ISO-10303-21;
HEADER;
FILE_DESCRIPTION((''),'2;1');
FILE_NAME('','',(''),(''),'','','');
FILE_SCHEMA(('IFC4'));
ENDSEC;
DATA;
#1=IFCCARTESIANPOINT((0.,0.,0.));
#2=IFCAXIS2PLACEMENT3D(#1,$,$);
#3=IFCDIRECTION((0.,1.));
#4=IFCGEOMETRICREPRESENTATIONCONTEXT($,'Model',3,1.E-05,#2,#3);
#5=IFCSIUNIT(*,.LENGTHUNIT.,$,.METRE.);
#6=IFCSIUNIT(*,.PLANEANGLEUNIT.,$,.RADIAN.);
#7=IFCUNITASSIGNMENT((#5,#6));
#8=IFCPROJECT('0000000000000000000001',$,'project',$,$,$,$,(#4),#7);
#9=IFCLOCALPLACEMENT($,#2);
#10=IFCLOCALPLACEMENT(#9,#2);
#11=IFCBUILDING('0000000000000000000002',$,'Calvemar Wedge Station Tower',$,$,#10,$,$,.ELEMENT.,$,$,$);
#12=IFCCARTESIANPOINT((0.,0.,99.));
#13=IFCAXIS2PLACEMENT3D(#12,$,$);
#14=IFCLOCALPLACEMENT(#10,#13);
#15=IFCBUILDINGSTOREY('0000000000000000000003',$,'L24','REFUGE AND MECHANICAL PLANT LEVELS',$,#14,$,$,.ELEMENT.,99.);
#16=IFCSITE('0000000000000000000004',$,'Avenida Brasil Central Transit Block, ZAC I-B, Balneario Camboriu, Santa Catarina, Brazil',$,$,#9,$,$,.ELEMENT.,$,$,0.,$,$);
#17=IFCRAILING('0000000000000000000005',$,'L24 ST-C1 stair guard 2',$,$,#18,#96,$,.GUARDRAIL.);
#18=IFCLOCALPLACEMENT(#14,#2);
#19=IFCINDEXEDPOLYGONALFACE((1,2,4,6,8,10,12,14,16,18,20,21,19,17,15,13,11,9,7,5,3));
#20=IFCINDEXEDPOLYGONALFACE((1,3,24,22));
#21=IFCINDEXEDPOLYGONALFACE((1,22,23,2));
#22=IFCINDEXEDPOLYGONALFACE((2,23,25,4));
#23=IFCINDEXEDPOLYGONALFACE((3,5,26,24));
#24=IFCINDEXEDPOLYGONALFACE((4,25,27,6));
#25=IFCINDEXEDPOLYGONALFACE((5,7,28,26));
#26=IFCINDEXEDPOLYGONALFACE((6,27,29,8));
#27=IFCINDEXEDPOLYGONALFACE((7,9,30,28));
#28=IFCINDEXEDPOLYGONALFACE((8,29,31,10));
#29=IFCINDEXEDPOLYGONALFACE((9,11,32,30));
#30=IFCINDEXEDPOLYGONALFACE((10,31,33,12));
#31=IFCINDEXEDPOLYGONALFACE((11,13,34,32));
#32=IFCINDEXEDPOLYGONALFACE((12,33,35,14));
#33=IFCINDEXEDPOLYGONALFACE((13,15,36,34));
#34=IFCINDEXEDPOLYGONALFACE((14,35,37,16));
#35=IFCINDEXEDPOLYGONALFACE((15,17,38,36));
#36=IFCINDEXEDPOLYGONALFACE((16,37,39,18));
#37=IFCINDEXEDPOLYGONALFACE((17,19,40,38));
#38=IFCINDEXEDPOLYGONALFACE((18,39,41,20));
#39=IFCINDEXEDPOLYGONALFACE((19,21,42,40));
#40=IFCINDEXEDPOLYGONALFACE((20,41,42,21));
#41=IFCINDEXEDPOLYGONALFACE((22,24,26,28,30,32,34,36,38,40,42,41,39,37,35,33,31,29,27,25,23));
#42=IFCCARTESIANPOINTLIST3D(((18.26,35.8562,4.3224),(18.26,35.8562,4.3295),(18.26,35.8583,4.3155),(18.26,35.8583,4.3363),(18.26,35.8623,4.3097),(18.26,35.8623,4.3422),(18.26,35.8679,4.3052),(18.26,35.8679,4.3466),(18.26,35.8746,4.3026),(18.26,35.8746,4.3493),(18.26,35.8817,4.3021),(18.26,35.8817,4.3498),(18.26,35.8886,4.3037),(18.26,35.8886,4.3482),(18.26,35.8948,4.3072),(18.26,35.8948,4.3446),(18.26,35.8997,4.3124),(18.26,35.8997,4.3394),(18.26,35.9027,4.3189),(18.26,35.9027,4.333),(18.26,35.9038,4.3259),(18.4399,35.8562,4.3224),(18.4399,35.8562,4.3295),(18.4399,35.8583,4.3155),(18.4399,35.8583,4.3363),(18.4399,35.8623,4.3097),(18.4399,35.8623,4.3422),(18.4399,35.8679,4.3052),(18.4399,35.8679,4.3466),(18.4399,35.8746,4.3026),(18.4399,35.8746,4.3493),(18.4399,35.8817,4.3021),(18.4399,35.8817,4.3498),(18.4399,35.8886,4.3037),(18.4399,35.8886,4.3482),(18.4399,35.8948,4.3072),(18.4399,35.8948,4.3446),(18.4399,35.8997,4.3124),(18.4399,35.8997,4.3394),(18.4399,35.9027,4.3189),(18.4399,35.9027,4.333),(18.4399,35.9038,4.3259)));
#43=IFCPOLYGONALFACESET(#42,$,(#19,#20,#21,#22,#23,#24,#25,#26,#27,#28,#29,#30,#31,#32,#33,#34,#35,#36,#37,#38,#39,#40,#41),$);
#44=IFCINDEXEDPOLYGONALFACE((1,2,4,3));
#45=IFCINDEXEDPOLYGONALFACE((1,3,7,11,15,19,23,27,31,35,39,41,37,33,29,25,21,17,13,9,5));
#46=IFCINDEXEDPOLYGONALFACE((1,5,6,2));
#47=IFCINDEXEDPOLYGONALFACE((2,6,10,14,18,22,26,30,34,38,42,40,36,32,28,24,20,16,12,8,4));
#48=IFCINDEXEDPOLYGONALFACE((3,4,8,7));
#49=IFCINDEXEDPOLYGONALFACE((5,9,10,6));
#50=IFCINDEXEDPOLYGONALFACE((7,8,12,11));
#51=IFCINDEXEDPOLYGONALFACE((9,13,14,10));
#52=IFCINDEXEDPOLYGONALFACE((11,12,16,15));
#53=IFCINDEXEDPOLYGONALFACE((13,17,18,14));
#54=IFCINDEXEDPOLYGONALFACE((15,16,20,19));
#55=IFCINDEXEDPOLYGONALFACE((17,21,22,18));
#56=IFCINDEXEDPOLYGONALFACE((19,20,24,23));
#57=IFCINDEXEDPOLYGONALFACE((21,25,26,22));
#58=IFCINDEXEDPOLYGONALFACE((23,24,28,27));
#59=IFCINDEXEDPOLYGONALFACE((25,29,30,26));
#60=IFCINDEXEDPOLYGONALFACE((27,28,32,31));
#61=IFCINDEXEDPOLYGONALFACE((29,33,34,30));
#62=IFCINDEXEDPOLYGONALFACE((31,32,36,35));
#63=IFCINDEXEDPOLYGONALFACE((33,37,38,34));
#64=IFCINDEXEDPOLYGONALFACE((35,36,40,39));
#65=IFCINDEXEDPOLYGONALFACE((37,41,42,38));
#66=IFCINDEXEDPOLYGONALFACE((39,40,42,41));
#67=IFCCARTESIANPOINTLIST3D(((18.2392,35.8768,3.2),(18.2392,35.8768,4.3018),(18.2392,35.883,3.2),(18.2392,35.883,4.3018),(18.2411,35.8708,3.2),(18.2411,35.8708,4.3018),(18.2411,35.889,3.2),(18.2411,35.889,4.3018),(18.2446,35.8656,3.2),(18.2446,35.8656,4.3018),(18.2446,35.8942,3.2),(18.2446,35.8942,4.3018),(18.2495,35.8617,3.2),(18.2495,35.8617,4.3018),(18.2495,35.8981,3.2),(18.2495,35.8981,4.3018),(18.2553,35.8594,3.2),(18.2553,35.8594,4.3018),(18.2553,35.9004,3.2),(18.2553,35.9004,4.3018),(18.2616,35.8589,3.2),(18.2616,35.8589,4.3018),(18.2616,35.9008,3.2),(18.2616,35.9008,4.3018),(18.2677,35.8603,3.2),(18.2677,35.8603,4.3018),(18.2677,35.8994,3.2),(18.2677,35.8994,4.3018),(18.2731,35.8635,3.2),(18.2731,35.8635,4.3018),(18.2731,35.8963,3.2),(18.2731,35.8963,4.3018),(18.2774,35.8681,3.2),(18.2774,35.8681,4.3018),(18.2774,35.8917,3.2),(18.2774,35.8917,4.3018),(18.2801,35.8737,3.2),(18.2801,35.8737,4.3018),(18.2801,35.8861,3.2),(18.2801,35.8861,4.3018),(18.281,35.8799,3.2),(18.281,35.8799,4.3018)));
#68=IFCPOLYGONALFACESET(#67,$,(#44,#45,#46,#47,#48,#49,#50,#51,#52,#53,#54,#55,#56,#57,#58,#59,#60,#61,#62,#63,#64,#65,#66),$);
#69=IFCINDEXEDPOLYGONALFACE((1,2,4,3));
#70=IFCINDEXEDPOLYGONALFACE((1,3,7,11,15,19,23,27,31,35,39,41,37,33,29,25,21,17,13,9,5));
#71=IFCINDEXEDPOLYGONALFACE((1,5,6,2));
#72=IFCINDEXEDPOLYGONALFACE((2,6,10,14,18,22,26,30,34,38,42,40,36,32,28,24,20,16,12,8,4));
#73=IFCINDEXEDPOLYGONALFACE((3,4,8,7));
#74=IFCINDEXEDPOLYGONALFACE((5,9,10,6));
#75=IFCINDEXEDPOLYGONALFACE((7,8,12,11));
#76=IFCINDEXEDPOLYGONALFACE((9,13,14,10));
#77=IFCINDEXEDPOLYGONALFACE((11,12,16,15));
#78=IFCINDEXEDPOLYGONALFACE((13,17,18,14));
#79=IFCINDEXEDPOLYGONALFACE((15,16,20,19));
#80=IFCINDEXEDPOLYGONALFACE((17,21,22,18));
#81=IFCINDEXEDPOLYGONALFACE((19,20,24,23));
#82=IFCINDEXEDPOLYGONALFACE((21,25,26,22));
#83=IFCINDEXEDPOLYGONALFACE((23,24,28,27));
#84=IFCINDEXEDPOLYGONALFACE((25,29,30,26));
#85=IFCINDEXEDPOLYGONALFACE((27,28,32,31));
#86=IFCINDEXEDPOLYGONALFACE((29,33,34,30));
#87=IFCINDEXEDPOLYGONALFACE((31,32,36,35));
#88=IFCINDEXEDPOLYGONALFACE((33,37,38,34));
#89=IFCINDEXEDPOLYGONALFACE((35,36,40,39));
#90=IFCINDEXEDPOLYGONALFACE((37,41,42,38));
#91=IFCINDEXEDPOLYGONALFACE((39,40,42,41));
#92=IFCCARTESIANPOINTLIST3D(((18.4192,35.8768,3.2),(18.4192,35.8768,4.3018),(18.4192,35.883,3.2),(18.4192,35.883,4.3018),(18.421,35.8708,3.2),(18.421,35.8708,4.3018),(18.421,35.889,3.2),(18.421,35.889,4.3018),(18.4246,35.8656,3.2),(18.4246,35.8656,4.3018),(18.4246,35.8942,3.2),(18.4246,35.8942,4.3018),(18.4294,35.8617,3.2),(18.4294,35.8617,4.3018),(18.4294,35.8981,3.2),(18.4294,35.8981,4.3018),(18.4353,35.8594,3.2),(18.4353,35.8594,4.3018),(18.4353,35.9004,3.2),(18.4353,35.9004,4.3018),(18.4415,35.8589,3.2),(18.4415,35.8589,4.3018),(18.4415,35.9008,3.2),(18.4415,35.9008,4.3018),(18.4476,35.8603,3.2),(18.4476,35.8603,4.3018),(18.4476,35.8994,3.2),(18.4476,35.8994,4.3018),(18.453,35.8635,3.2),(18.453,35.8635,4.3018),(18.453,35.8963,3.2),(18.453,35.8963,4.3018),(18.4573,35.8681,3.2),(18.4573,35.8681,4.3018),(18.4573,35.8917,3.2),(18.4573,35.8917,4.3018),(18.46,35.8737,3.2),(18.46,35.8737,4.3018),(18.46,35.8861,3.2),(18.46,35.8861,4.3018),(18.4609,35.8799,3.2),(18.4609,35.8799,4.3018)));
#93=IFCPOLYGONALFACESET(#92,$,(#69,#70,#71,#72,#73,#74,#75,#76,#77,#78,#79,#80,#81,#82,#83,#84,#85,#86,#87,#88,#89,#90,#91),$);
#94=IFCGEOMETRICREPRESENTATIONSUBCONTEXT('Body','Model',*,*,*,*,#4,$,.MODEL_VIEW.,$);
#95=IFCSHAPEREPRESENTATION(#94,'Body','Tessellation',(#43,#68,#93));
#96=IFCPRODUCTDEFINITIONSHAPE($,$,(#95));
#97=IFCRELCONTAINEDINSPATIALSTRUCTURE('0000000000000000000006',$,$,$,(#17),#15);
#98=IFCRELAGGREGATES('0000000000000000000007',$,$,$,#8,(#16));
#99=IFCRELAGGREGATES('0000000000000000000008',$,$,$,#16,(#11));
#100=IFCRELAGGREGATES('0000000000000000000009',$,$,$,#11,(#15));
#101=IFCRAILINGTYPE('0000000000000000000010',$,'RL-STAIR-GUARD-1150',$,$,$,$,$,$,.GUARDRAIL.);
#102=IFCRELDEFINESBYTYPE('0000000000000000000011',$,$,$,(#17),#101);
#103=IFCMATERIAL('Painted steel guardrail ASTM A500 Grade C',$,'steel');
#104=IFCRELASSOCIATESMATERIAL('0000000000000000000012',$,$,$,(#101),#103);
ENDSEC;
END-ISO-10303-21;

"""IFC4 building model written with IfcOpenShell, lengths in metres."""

from ifc_helpers import new_model, si_unit, direction, frame, origin, origin_2d, place, context, subcontext, project, spatial, circle, extrude, material, type_object, element, save


model = new_model("IFC4")

# Units and contexts
model_context = context("Model", 3, precision=1e-05, world=origin(), true_north=direction((0.0, 1.0)))
body_context = subcontext(model_context, "Body", "Model", "MODEL_VIEW")
ifc_project = project(units=[si_unit("LENGTHUNIT", "METRE"), si_unit("PLANEANGLEUNIT", "RADIAN")], contexts=[model_context])

# Site, building, storey
site_placement = place(None, origin())
site = spatial("IfcSite", under=ifc_project, at=site_placement, Name="Avenida Brasil Central Transit Block, ZAC I-B, Balneario Camboriu, Santa Catarina, Brazil", CompositionType="ELEMENT", RefElevation=0.0)
building_placement = place(site_placement, origin())
building = spatial("IfcBuilding", under=site, at=building_placement, Name="Calvemar Wedge Station Tower", CompositionType="ELEMENT")
storey_placement = place(building_placement, frame((0.0, 0.0, 99.0)))
storey = spatial("IfcBuildingStorey", under=building, at=storey_placement, Name="L24", Description="REFUGE AND MECHANICAL PLANT LEVELS", CompositionType="ELEMENT", Elevation=99.0)

# Railing
ifc_material_1 = material(Name="Painted steel guardrail ASTM A500 Grade C", Category="steel")
railing_type_1 = type_object("IfcRailingType", Name="RL-STAIR-GUARD-1150", PredefinedType="GUARDRAIL", material=ifc_material_1)
railing_1_placement = place(storey_placement, frame((18.26, 35.8799, 3.2)))
element("IfcRailing", 1, at=railing_1_placement, inside=storey, type_object=railing_type_1, Name="L24 ST-C1 stair guard 2", PredefinedType="GUARDRAIL", context=body_context, shape_type="SweptSolid", body=[
    extrude(circle(Radius=0.0239, at=origin_2d()), frame((0.0, 0.0, 1.126), z_axis=(1.0, 0.0, 0.0), x_axis=(0.0, 1.0, 0.0)), (0.0, 0.0, 1.0), 0.1799),
    extrude(circle(Radius=0.021, at=origin_2d()), origin(), (0.0, 0.0, 1.0), 1.1018),
    extrude(circle(Radius=0.021, at=origin_2d()), frame((0.1799, 0.0, 0.0)), (0.0, 0.0, 1.0), 1.1018),
])

save(model, "model.ifc")
